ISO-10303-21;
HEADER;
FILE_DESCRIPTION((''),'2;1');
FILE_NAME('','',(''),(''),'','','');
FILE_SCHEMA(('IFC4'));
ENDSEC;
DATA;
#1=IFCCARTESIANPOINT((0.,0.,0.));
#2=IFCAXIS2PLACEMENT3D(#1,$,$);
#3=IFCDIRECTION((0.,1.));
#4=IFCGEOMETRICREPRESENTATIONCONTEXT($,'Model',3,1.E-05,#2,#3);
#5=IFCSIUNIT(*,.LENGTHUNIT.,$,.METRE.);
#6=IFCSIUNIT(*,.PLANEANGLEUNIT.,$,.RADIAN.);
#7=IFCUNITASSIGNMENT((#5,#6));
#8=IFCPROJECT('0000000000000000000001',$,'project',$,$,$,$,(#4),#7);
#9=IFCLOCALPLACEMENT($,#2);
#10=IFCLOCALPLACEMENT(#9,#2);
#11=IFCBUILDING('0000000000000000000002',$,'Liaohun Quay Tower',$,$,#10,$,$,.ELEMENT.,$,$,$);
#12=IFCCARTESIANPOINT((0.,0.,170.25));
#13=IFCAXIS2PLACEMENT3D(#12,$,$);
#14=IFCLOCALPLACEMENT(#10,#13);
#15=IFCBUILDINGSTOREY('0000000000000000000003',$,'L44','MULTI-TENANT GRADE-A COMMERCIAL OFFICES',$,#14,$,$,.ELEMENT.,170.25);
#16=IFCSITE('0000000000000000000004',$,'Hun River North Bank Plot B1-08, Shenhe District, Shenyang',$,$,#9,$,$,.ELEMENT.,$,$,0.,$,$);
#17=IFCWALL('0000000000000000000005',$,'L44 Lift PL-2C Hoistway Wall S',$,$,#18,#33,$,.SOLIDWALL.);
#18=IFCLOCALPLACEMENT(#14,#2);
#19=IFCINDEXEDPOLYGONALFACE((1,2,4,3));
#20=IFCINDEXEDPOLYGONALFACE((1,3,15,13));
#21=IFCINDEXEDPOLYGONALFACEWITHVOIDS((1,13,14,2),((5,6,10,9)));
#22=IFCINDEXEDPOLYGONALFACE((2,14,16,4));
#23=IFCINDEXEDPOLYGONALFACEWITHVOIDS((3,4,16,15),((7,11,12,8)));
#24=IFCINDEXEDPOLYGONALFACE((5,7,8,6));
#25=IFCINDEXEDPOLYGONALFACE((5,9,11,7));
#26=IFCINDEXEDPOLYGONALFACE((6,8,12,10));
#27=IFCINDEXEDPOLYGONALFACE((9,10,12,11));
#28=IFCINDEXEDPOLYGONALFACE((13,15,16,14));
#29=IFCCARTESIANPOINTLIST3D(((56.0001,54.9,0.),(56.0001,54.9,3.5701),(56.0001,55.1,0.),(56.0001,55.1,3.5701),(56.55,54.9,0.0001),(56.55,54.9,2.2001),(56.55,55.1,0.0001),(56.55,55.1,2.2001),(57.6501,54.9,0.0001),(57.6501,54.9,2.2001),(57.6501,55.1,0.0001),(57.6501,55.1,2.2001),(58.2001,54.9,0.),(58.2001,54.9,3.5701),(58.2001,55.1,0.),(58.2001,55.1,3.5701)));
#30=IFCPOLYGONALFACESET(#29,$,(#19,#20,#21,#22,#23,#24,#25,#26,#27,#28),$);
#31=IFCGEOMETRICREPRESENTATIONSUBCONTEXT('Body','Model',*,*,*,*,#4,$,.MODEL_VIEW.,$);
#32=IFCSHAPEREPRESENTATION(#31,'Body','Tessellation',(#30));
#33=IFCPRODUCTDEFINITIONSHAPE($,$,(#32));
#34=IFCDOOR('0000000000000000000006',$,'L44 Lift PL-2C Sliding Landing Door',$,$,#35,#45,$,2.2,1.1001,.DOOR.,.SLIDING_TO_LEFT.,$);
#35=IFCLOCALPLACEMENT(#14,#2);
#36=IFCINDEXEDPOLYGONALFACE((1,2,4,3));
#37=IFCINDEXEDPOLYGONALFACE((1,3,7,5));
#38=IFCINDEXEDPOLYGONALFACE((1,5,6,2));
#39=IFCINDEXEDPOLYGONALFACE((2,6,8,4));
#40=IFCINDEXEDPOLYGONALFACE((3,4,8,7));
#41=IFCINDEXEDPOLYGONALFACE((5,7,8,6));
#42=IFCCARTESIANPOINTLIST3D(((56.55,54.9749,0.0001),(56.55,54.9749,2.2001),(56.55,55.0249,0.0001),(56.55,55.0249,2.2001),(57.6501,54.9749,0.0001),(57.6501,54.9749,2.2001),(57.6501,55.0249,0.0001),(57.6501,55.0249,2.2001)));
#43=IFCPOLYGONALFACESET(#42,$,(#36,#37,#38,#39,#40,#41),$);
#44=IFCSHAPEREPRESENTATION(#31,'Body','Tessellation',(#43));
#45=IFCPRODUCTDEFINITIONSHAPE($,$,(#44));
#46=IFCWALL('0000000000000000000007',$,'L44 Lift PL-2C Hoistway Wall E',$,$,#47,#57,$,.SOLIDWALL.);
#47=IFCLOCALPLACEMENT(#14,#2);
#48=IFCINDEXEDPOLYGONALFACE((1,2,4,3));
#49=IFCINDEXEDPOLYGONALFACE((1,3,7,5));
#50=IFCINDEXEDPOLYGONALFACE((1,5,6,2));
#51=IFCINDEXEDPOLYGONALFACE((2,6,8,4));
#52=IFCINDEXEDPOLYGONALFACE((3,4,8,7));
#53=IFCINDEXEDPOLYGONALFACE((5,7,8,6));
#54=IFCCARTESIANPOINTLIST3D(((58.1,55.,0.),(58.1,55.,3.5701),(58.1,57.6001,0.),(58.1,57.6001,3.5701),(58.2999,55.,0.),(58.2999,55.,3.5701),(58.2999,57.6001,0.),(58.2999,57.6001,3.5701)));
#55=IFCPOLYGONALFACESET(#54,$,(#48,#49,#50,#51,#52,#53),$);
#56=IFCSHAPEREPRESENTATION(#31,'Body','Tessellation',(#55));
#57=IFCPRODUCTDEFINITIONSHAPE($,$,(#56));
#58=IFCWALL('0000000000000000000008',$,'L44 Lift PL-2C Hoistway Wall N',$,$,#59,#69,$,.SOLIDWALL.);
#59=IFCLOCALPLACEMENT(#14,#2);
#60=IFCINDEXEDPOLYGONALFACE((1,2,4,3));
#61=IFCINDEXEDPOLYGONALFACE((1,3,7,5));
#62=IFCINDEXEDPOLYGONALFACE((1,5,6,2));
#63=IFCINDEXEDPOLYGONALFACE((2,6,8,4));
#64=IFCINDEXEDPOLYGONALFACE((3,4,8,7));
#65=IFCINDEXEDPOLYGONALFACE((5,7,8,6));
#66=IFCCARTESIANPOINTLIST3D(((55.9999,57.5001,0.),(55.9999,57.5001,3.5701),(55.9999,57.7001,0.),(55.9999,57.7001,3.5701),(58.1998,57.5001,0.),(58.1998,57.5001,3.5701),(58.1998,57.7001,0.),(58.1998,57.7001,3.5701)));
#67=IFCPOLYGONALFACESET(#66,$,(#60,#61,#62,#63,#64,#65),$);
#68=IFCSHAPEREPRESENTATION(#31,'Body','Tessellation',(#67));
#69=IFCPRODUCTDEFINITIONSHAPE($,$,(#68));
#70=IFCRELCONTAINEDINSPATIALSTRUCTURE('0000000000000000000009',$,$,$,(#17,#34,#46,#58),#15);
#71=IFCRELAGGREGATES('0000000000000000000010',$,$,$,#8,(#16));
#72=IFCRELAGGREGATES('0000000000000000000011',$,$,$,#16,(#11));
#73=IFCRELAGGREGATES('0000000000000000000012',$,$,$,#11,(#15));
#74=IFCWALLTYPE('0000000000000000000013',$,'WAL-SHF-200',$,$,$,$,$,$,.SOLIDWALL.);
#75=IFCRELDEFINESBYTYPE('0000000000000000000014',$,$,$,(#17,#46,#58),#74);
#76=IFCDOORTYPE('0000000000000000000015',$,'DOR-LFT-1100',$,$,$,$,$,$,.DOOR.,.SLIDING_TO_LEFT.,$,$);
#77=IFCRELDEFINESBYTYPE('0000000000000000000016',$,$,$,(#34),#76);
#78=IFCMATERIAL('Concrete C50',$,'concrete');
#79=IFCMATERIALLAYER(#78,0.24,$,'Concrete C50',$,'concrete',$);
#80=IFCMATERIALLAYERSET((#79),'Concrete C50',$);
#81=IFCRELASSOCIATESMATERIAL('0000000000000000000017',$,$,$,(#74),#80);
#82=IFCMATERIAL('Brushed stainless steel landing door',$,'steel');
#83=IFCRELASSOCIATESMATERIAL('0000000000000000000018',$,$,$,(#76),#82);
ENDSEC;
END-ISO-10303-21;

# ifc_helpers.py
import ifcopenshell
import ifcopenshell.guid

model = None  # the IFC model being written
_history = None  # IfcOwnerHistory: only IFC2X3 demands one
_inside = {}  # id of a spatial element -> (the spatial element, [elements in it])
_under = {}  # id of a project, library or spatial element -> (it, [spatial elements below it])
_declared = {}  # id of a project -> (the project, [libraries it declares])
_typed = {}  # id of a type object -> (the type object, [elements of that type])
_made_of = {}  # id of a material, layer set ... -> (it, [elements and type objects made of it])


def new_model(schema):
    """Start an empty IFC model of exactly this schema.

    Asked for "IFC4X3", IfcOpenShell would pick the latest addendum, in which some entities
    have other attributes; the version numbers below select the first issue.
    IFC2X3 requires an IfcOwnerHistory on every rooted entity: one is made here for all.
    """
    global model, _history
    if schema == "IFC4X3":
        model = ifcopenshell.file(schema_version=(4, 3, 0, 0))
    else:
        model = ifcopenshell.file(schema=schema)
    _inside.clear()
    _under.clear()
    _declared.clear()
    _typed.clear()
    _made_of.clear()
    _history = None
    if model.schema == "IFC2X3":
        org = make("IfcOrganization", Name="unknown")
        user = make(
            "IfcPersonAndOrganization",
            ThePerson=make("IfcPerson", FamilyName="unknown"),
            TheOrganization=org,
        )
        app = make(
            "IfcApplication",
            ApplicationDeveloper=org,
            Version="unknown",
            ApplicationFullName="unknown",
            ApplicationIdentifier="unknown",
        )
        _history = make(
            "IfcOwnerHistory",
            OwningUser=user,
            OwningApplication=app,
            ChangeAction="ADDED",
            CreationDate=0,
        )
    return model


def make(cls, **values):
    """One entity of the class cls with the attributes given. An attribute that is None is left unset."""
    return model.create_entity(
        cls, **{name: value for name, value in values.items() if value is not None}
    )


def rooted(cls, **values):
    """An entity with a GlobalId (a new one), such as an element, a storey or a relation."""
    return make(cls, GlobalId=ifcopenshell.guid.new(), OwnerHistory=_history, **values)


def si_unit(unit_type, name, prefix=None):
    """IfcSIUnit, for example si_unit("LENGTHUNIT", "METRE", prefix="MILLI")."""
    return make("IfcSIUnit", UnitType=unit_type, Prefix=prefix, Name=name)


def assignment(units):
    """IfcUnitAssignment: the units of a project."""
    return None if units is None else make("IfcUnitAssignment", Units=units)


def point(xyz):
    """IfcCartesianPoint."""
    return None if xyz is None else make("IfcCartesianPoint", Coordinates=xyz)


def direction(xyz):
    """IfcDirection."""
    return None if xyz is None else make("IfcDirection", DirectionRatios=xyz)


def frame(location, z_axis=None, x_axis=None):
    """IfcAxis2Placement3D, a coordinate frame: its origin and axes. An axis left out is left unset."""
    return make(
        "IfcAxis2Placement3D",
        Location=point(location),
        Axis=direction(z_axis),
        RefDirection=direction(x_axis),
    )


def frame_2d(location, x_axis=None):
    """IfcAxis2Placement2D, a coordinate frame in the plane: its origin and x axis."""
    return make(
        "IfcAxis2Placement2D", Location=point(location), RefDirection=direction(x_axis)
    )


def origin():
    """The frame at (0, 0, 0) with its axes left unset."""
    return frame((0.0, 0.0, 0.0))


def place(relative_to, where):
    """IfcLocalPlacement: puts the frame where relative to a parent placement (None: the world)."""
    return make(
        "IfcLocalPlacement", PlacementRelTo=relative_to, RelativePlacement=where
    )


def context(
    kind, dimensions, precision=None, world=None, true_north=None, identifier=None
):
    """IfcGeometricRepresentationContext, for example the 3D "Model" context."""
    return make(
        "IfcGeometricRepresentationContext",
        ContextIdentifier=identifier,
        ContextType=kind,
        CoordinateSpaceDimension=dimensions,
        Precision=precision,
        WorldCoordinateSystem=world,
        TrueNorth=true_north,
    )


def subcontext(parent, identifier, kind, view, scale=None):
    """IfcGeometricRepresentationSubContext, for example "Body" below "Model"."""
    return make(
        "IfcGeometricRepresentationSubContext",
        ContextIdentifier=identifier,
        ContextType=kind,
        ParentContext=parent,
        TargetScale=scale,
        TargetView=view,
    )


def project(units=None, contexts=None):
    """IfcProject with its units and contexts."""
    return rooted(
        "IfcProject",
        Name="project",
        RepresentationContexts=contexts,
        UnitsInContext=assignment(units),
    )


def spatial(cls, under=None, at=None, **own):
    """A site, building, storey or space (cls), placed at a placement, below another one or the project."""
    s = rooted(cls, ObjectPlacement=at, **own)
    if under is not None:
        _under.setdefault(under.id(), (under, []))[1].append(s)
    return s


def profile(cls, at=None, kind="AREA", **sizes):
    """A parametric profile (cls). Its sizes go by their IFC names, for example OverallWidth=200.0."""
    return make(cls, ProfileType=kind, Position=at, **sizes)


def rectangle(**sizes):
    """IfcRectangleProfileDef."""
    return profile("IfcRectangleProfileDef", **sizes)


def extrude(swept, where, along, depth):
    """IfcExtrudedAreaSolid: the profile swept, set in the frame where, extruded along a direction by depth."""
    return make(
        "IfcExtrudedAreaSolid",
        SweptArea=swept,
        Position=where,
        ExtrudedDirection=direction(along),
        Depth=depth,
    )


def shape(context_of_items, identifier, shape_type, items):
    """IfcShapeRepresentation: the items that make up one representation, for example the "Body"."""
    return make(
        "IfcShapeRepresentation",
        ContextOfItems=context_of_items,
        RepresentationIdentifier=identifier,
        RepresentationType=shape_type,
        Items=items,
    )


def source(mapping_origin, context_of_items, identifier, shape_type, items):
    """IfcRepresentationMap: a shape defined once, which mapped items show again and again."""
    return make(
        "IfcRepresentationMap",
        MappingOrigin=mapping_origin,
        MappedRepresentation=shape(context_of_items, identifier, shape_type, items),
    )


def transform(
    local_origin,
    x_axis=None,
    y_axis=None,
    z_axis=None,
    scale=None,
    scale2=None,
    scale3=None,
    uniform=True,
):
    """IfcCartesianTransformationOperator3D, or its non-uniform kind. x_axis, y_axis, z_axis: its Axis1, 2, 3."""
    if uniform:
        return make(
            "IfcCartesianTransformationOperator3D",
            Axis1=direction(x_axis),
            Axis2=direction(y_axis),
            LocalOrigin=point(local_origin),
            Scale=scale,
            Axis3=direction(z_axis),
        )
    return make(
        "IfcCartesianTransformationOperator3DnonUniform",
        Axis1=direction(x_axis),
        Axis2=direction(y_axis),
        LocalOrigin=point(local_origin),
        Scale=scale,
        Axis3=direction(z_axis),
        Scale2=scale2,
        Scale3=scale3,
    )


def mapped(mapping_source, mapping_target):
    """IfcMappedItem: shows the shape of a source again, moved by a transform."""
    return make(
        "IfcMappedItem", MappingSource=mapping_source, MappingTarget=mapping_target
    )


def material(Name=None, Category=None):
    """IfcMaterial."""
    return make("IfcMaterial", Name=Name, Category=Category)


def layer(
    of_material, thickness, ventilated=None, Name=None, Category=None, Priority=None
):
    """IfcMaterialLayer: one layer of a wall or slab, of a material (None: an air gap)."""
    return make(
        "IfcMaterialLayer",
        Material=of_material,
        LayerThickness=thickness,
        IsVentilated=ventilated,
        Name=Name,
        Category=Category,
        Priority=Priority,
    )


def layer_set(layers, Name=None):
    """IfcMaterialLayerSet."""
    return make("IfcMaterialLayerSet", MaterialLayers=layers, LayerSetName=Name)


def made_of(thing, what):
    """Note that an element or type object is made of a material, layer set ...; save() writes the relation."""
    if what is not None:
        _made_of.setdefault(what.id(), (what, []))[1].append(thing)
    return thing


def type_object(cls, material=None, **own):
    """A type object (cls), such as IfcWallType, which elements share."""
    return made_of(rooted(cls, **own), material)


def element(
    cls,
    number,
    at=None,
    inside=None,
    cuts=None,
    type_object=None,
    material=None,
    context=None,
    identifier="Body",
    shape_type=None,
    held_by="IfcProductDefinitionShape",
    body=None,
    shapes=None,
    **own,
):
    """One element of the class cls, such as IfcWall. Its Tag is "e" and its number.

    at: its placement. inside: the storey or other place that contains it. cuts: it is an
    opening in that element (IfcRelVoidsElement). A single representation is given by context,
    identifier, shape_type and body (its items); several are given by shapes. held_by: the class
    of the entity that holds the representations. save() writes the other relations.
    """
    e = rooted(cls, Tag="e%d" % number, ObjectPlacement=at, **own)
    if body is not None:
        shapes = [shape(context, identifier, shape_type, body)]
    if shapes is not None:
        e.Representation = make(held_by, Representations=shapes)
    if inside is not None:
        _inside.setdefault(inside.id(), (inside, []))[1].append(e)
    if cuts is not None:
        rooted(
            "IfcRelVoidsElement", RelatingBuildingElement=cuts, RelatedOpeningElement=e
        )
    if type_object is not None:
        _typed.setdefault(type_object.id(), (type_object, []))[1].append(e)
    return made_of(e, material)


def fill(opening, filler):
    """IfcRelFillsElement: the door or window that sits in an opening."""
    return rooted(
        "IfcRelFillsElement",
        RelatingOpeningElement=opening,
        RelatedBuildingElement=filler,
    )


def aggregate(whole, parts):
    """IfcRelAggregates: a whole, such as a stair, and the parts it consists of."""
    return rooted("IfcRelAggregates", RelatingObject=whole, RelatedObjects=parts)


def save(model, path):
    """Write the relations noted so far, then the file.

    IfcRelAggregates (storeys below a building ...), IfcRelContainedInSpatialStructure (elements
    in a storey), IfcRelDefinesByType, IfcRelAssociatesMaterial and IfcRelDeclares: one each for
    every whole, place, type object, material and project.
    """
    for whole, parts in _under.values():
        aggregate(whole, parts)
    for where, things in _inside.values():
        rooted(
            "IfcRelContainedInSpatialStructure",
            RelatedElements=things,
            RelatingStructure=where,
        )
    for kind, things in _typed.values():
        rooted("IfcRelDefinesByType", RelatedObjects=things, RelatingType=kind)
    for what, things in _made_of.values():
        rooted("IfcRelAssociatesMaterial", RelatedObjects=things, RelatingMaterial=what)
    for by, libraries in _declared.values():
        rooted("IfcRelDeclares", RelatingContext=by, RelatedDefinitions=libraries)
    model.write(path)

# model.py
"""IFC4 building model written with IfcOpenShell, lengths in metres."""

from ifc_helpers import new_model, si_unit, direction, frame, frame_2d, origin, place, context, subcontext, project, spatial, rectangle, extrude, source, transform, mapped, material, layer, layer_set, type_object, element, fill, save


model = new_model("IFC4")

# Units and contexts
model_context = context("Model", 3, precision=1e-05, world=origin(), true_north=direction((0.0, 1.0)))
body_context = subcontext(model_context, "Body", "Model", "MODEL_VIEW")
ifc_project = project(units=[si_unit("LENGTHUNIT", "METRE"), si_unit("PLANEANGLEUNIT", "RADIAN")], contexts=[model_context])

# Site, building, storey
site_placement = place(None, origin())
site = spatial("IfcSite", under=ifc_project, at=site_placement, Name="Hun River North Bank Plot B1-08, Shenhe District, Shenyang", CompositionType="ELEMENT", RefElevation=0.0)
building_placement = place(site_placement, origin())
building = spatial("IfcBuilding", under=site, at=building_placement, Name="Liaohun Quay Tower", CompositionType="ELEMENT")
storey_placement = place(building_placement, frame((0.0, 0.0, 170.25)))
storey = spatial("IfcBuildingStorey", under=building, at=storey_placement, Name="L44", Description="MULTI-TENANT GRADE-A COMMERCIAL OFFICES", CompositionType="ELEMENT", Elevation=170.25)

# Shared definitions
ifc_material_1 = material(Name="Concrete C50", Category="concrete")
ifc_layer_1 = layer(ifc_material_1, 0.24, Name="Concrete C50", Category="concrete")
ifc_layer_set_1 = layer_set([ifc_layer_1], Name="Concrete C50")
wall_type_1 = type_object("IfcWallType", Name="WAL-SHF-200", PredefinedType="SOLIDWALL", material=ifc_layer_set_1)

# Shared definitions
shared_shape_1 = source(origin(), body_context, "Body", "SweptSolid", [
    extrude(rectangle(XDim=1.1001, YDim=2.2, at=frame_2d((0.55, 1.1001))), frame((0.0, 0.1099, 0.0), z_axis=(0.0, -1.0, 0.0), x_axis=(1.0, 0.0, 0.0)), (0.0, 0.0, 1.0), 0.22),
])
ifc_material_2 = material(Name="Brushed stainless steel landing door", Category="steel")
door_type_1 = type_object("IfcDoorType", Name="DOR-LFT-1100", OperationType="SLIDING_TO_LEFT", PredefinedType="DOOR", material=ifc_material_2)
shared_shape_2 = source(origin(), body_context, "Body", "SweptSolid", [
    extrude(rectangle(XDim=1.1001, YDim=2.2, at=frame_2d((0.55, 1.1001))), frame((0.0, 0.0249, 0.0), z_axis=(0.0, -1.0, 0.0), x_axis=(1.0, 0.0, 0.0)), (0.0, 0.0, 1.0), 0.05),
])

# Wall, opening, door
wall_1_placement = place(storey_placement, frame((56.0, 55.0, 0.0), z_axis=(0.0, 0.0, 1.0), x_axis=(1.0, 0.0, 0.0)))
wall_1 = element("IfcWall", 1, at=wall_1_placement, inside=storey, type_object=wall_type_1, Name="L44 Lift PL-2C Hoistway Wall S", PredefinedType="SOLIDWALL", context=body_context, shape_type="SweptSolid", body=[
    extrude(rectangle(XDim=2.2, YDim=0.2, at=frame_2d((1.1001, 0.0))), origin(), (0.0, 0.0, 1.0), 3.5701),
])
opening_1_placement = place(wall_1_placement, frame((0.55, 0.0, 0.0)))
opening_1 = element("IfcOpeningElement", 2, at=opening_1_placement, cuts=wall_1, PredefinedType="OPENING", context=body_context, shape_type="MappedRepresentation", body=[
    mapped(shared_shape_1, transform((0.0, 0.0, 0.0), x_axis=(1.0, 0.0, 0.0), y_axis=(0.0, 1.0, 0.0), z_axis=(0.0, 0.0, 1.0), scale=1.0)),
])
door_1_placement = place(opening_1_placement, origin())
door_1 = element("IfcDoor", 3, at=door_1_placement, inside=storey, type_object=door_type_1, Name="L44 Lift PL-2C Sliding Landing Door", OperationType="SLIDING_TO_LEFT", OverallHeight=2.2, OverallWidth=1.1001, PredefinedType="DOOR", context=body_context, shape_type="MappedRepresentation", body=[
    mapped(shared_shape_2, transform((0.0, 0.0, 0.0), x_axis=(1.0, 0.0, 0.0), y_axis=(0.0, 1.0, 0.0), z_axis=(0.0, 0.0, 1.0), scale=1.0)),
])
fill(opening_1, door_1)

# Walls
wall_2_placement = place(storey_placement, frame((58.2, 55.0, 0.0), z_axis=(0.0, 0.0, 1.0), x_axis=(0.0, 1.0, 0.0)))
element("IfcWall", 4, at=wall_2_placement, inside=storey, type_object=wall_type_1, Name="L44 Lift PL-2C Hoistway Wall E", PredefinedType="SOLIDWALL", context=body_context, shape_type="SweptSolid", body=[
    extrude(rectangle(XDim=2.6001, YDim=0.2, at=frame_2d((1.3, 0.0))), origin(), (0.0, 0.0, 1.0), 3.5701),
])
wall_3_placement = place(storey_placement, frame((58.2, 57.6001, 0.0), z_axis=(0.0, 0.0, 1.0), x_axis=(-1.0, 0.0, 0.0)))
element("IfcWall", 5, at=wall_3_placement, inside=storey, type_object=wall_type_1, Name="L44 Lift PL-2C Hoistway Wall N", PredefinedType="SOLIDWALL", context=body_context, shape_type="SweptSolid", body=[
    extrude(rectangle(XDim=2.2, YDim=0.2, at=frame_2d((1.1001, 0.0))), origin(), (0.0, 0.0, 1.0), 3.5701),
])

save(model, "model.ifc")
